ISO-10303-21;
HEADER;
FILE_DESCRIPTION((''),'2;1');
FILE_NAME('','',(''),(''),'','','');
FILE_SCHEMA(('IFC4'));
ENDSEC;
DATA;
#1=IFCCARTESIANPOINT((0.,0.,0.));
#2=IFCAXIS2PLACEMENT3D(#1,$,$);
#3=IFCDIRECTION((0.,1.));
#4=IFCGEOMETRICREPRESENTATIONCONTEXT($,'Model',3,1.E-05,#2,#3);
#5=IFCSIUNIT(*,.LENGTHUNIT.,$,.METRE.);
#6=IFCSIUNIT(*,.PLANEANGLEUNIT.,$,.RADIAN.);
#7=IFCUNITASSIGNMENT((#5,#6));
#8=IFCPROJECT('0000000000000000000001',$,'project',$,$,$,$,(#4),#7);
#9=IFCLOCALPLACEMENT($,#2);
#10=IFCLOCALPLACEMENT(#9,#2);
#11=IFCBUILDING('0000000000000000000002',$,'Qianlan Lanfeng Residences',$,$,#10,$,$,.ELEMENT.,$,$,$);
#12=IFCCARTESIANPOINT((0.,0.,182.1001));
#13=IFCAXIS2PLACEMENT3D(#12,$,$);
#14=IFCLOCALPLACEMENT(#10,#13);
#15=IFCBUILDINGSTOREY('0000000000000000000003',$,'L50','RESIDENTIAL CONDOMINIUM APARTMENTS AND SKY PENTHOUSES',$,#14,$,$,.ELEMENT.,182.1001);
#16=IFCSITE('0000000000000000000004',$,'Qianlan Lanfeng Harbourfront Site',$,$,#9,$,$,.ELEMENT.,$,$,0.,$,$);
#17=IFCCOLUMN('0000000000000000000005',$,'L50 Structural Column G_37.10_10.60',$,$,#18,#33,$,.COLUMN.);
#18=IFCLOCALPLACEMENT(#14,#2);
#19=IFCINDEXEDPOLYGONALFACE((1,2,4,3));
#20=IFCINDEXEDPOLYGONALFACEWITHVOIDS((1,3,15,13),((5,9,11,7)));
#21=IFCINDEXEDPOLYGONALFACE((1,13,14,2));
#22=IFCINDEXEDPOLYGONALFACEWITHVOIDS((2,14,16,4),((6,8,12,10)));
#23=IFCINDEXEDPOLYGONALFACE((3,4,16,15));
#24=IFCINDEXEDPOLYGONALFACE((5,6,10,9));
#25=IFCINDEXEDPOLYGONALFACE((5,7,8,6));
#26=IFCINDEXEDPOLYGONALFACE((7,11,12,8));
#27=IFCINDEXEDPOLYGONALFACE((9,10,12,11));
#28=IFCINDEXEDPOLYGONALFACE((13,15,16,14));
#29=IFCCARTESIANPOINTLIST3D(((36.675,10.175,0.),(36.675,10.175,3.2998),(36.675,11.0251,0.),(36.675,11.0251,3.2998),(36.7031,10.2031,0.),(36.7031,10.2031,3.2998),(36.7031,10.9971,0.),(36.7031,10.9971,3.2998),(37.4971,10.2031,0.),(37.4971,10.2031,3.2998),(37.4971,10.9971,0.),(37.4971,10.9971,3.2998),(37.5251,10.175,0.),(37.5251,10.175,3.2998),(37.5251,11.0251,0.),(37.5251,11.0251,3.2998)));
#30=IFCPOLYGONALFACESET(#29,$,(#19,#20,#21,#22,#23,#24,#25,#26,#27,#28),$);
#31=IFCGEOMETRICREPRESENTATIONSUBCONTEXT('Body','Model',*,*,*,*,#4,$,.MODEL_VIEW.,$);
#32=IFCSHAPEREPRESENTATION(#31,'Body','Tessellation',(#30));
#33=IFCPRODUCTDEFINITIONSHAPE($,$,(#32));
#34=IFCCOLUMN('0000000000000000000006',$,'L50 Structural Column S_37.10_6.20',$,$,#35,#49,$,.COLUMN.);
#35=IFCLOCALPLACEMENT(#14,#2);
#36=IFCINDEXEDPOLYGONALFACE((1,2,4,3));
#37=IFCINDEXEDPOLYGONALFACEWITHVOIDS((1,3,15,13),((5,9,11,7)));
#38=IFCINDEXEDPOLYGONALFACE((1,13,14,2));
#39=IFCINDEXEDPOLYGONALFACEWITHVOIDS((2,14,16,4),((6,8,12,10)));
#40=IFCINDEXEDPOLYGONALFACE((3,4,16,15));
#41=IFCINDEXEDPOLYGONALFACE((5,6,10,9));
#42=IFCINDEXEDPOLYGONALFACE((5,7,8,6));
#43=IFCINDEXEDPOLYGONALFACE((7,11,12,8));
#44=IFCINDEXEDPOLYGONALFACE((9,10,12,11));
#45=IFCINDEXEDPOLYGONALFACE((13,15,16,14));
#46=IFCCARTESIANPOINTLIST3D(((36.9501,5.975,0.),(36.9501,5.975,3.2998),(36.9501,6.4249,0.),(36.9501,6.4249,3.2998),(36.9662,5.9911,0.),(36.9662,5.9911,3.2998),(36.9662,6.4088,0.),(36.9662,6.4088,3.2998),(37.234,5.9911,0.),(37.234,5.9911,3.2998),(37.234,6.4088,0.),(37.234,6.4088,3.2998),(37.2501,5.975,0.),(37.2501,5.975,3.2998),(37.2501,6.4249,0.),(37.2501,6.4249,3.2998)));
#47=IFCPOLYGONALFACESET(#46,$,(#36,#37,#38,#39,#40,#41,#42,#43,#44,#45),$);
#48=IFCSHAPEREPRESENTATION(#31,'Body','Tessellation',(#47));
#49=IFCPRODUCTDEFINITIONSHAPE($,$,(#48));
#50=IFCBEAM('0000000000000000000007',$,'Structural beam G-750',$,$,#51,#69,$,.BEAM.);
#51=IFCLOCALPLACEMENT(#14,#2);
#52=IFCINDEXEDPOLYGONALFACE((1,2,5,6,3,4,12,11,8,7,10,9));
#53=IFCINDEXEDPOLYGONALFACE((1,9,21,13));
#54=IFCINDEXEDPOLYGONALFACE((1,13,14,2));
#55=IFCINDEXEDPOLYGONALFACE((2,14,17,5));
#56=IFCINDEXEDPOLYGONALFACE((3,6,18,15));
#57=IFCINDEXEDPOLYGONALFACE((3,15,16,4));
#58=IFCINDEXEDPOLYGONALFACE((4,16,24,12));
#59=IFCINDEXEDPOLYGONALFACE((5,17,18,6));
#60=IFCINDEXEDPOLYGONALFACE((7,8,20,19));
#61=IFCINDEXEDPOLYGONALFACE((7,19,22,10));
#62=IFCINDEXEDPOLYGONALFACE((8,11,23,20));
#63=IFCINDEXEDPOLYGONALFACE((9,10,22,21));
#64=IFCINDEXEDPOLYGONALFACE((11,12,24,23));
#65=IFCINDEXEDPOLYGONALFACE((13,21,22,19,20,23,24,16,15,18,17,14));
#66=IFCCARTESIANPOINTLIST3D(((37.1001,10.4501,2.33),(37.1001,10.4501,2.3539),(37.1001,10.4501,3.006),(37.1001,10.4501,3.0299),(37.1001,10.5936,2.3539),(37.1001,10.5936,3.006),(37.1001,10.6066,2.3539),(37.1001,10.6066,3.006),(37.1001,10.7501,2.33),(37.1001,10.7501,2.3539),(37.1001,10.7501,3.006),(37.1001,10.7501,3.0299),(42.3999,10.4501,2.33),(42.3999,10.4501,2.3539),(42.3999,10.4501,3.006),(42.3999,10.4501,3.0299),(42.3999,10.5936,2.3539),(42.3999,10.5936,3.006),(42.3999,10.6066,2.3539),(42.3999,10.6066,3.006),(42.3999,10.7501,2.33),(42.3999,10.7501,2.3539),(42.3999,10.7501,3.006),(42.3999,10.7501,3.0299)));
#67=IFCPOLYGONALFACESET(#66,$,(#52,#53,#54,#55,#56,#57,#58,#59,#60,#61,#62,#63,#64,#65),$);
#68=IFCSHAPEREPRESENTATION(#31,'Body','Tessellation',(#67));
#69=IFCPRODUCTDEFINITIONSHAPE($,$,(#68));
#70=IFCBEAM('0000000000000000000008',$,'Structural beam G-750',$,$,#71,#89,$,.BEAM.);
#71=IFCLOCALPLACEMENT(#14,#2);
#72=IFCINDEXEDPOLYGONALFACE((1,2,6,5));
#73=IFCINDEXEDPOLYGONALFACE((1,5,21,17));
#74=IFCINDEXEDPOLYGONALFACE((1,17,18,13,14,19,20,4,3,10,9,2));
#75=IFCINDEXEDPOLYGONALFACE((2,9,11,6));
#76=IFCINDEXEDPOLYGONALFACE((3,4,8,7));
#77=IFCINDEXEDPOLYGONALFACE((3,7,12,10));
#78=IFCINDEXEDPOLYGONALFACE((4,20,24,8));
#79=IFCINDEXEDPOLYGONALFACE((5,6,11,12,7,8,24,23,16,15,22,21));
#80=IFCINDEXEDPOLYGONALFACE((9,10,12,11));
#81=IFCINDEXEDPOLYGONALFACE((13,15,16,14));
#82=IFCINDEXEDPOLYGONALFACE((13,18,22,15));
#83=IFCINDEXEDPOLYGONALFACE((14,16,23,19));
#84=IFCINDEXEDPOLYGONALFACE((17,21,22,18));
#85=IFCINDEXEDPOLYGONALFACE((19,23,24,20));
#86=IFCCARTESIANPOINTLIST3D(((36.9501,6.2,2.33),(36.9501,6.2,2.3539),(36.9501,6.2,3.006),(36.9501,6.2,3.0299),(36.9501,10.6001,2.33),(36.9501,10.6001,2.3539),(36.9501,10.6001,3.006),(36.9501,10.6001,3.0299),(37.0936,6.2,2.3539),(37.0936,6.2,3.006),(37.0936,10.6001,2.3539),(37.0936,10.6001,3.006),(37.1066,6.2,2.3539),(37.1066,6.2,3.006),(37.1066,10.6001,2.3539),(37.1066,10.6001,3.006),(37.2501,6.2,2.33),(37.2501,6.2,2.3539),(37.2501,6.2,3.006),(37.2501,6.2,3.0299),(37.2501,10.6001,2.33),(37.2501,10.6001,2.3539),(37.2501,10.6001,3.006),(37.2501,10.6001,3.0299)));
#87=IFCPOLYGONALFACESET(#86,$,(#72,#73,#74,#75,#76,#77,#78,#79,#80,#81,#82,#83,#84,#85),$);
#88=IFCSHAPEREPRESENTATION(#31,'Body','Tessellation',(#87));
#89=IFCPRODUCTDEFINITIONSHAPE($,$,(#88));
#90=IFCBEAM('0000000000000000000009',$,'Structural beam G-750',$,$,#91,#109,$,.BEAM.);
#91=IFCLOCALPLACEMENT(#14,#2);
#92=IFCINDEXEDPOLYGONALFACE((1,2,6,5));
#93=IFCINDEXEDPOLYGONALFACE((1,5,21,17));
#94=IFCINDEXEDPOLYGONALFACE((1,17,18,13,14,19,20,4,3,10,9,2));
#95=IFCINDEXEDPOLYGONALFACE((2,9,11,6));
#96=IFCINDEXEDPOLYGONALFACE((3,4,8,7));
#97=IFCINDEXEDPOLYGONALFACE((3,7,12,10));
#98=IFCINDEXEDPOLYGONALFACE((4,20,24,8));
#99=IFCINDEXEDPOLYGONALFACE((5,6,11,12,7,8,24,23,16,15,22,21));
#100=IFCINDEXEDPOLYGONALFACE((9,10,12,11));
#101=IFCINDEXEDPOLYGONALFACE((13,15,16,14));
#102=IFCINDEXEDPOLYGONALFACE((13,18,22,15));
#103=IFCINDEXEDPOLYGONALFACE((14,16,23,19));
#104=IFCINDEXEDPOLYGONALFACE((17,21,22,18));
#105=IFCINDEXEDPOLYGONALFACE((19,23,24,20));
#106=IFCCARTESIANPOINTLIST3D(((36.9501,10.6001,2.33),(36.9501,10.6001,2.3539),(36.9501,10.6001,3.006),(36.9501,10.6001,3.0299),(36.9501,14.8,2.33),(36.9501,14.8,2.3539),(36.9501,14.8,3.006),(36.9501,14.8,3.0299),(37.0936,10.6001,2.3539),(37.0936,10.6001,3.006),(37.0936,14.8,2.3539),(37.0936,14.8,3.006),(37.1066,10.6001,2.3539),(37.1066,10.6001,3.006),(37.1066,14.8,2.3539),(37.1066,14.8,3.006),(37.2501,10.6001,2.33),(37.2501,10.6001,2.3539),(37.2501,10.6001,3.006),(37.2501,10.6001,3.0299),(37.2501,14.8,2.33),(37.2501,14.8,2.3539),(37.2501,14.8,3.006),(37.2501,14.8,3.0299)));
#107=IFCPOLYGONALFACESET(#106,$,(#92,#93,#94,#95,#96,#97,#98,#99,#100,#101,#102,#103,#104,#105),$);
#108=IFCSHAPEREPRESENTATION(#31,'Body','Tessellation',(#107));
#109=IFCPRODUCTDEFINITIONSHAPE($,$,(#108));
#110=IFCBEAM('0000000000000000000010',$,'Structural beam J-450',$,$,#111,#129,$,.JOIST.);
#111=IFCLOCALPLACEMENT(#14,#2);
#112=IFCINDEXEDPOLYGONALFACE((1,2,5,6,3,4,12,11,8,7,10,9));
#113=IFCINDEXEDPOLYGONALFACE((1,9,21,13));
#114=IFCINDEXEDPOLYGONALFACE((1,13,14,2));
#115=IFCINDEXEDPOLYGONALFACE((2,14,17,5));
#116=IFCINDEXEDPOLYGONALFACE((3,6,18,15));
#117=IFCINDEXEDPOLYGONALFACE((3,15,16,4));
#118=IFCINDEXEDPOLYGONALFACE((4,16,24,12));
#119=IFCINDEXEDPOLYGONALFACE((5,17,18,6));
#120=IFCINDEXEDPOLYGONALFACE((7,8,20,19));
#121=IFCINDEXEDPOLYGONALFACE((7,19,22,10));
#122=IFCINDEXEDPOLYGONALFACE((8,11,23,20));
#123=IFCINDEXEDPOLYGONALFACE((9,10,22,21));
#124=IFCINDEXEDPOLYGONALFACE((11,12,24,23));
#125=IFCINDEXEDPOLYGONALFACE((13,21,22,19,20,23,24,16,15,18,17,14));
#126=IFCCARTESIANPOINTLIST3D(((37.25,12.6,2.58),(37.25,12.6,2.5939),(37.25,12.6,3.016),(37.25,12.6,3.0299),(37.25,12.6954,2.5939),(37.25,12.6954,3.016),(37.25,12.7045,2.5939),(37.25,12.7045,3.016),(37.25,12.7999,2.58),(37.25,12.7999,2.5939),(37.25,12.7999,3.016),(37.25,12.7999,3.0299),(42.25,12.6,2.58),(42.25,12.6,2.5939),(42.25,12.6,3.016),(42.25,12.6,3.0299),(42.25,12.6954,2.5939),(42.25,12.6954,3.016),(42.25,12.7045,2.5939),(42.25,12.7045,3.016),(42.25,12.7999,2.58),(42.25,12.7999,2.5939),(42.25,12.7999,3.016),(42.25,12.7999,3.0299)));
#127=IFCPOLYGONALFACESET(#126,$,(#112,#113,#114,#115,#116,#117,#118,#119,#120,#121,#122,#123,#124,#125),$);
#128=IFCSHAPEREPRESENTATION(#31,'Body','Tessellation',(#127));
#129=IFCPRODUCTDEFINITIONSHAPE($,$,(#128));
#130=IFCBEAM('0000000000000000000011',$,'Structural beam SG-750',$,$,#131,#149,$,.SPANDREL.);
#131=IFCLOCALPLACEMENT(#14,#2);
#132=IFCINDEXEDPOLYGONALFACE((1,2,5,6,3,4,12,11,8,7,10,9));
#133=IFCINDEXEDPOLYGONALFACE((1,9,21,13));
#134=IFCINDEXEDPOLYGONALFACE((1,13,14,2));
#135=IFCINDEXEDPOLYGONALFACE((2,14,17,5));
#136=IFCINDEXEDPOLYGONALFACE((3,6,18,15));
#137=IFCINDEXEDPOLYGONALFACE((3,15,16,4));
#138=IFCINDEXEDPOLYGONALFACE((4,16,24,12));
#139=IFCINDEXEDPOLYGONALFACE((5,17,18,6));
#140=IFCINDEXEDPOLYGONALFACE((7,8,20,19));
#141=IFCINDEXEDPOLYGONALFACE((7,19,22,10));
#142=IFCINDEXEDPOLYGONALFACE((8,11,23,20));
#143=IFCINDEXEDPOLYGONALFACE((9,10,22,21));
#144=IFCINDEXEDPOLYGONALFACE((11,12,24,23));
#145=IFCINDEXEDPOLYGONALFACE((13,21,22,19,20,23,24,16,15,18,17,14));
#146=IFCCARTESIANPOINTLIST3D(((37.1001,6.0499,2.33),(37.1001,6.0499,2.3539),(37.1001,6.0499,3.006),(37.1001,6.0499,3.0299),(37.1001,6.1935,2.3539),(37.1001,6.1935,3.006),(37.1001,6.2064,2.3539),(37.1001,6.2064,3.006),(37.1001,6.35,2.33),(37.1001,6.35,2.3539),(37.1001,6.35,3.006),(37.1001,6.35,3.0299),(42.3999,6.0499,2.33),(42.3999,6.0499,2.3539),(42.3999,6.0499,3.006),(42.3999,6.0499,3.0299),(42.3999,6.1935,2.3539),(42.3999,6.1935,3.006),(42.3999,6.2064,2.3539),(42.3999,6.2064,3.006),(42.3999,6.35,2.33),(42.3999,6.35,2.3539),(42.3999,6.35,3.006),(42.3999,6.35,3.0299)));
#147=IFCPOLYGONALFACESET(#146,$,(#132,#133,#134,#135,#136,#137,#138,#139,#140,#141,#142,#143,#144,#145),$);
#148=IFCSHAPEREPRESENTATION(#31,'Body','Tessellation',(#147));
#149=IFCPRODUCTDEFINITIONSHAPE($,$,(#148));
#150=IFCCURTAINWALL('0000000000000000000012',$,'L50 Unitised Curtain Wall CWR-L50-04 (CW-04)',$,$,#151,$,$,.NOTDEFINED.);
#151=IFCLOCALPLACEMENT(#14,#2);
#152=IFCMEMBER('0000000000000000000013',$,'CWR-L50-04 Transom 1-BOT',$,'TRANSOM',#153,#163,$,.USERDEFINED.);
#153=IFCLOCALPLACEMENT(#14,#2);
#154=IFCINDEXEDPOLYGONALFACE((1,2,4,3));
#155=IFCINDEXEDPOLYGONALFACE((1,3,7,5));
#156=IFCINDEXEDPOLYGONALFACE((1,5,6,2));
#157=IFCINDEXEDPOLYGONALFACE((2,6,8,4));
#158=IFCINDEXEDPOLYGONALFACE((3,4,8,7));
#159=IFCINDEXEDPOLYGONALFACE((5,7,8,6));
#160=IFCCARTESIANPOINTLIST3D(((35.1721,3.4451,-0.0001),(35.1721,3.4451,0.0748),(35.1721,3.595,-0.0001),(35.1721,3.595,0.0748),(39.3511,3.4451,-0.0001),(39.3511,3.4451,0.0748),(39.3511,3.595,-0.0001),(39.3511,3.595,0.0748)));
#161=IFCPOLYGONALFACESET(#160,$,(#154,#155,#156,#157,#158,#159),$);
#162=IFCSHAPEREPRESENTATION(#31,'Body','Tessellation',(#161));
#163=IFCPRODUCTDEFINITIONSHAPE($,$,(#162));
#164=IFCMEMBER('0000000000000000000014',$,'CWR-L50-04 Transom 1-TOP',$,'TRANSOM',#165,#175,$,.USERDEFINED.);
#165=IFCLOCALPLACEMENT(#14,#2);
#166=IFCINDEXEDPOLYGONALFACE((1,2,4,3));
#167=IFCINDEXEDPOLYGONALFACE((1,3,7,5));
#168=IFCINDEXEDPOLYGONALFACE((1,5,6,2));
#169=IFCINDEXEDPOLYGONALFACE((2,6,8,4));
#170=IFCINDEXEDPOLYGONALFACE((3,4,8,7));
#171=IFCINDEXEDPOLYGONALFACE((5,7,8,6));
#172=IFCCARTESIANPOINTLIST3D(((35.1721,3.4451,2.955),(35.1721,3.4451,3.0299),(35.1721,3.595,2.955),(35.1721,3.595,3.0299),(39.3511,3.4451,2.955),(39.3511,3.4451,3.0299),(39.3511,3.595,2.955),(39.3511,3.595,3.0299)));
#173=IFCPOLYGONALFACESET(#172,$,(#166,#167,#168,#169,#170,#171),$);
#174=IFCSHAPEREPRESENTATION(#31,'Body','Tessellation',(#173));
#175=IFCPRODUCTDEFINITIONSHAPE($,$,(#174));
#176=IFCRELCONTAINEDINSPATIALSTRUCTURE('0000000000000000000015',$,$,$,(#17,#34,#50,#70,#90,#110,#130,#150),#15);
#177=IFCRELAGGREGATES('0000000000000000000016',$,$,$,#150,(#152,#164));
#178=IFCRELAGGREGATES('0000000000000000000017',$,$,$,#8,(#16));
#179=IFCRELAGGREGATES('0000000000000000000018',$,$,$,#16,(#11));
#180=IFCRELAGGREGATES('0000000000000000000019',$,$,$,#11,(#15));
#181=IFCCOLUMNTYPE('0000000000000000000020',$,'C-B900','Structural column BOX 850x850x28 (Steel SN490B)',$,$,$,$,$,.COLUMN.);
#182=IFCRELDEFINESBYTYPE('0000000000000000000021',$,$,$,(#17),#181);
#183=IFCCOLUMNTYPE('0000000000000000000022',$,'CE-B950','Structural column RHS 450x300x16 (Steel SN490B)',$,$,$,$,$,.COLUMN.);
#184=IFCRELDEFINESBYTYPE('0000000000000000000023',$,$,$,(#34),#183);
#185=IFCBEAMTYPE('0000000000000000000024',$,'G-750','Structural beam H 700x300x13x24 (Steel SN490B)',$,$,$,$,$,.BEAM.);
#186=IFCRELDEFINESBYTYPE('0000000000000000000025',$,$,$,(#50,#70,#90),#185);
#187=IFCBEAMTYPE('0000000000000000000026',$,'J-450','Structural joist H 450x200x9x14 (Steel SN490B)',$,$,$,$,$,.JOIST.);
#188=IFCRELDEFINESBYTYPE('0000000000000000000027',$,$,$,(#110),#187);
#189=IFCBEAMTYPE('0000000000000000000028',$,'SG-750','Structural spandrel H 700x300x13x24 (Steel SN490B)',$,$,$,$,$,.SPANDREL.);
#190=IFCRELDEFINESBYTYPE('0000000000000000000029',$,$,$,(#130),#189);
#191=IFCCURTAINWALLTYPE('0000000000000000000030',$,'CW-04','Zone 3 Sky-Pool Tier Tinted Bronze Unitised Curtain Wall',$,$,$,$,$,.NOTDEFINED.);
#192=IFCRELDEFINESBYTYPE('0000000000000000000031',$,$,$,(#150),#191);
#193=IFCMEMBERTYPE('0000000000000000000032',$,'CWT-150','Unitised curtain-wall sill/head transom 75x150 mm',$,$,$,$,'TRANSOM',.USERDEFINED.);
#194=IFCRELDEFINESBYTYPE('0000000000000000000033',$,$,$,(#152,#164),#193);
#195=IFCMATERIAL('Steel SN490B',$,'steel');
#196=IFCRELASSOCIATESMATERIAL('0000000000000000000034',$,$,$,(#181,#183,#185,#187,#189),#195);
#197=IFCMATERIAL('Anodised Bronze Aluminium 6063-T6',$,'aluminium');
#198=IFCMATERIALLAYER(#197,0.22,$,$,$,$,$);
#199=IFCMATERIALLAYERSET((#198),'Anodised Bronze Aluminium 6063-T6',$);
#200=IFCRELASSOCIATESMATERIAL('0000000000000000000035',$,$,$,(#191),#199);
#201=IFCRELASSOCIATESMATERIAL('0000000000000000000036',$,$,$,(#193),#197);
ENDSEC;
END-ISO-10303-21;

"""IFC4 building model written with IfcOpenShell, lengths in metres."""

from ifc_helpers import new_model, si_unit, direction, frame, origin, origin_2d, place, context, subcontext, project, spatial, rectangle, hollow_rectangle, i_section, extrude, source, transform, mapped, material, layer, layer_set, material_profile, profile_set, type_object, element, aggregate, save


model = new_model("IFC4")

# Units and contexts
model_context = context("Model", 3, precision=1e-05, world=origin(), true_north=direction((0.0, 1.0)))
body_context = subcontext(model_context, "Body", "Model", "MODEL_VIEW")
ifc_project = project(units=[si_unit("LENGTHUNIT", "METRE"), si_unit("PLANEANGLEUNIT", "RADIAN")], contexts=[model_context])

# Site, building, storey
site_placement = place(None, origin())
site = spatial("IfcSite", under=ifc_project, at=site_placement, Name="Qianlan Lanfeng Harbourfront Site", CompositionType="ELEMENT", RefElevation=0.0)
building_placement = place(site_placement, origin())
building = spatial("IfcBuilding", under=site, at=building_placement, Name="Qianlan Lanfeng Residences", CompositionType="ELEMENT")
storey_placement = place(building_placement, frame((0.0, 0.0, 182.1001)))
storey = spatial("IfcBuildingStorey", under=building, at=storey_placement, Name="L50", Description="RESIDENTIAL CONDOMINIUM APARTMENTS AND SKY PENTHOUSES", CompositionType="ELEMENT", Elevation=182.1001)

# Columns
ifc_material_1 = material(Name="Steel SN490B", Category="steel")
ifc_material_profile_1 = material_profile(ifc_material_1, hollow_rectangle(XDim=0.8501, YDim=0.8501, WallThickness=0.0281, at=origin_2d()), Name="BOX 850x850x28")
ifc_profile_set_1 = profile_set([ifc_material_profile_1], Name="Steel SN490B")
column_type_1 = type_object("IfcColumnType", Name="C-B900", Description="Structural column BOX 850x850x28 (Steel SN490B)", PredefinedType="COLUMN", material=ifc_profile_set_1)
column_1_placement = place(storey_placement, frame((37.1001, 10.6001, 0.0), z_axis=(0.0, 0.0, 1.0), x_axis=(1.0, 0.0, 0.0)))
element("IfcColumn", 1, at=column_1_placement, inside=storey, type_object=column_type_1, Name="L50 Structural Column G_37.10_10.60", PredefinedType="COLUMN", context=body_context, shape_type="SweptSolid", body=[
    extrude(hollow_rectangle(XDim=0.8501, YDim=0.8501, WallThickness=0.0281, at=origin_2d()), origin(), (0.0, 0.0, 1.0), 3.2998),
])
ifc_material_profile_2 = material_profile(ifc_material_1, hollow_rectangle(XDim=0.3, YDim=0.45, WallThickness=0.0161, at=origin_2d()), Name="RHS 450x300x16")
ifc_profile_set_2 = profile_set([ifc_material_profile_2], Name="Steel SN490B")
column_type_2 = type_object("IfcColumnType", Name="CE-B950", Description="Structural column RHS 450x300x16 (Steel SN490B)", PredefinedType="COLUMN", material=ifc_profile_set_2)
column_2_placement = place(storey_placement, frame((37.1001, 6.2, 0.0), z_axis=(0.0, 0.0, 1.0), x_axis=(1.0, 0.0, 0.0)))
element("IfcColumn", 2, at=column_2_placement, inside=storey, type_object=column_type_2, Name="L50 Structural Column S_37.10_6.20", PredefinedType="COLUMN", context=body_context, shape_type="SweptSolid", body=[
    extrude(hollow_rectangle(XDim=0.3, YDim=0.45, WallThickness=0.0161, at=origin_2d()), origin(), (0.0, 0.0, 1.0), 3.2998),
])

# Beams
ifc_material_profile_3 = material_profile(ifc_material_1, i_section(OverallWidth=0.3, OverallDepth=0.7, WebThickness=0.0129, FlangeThickness=0.0239, at=origin_2d()), Name="H 700x300x13x24")
ifc_profile_set_3 = profile_set([ifc_material_profile_3], Name="Steel SN490B")
beam_type_1 = type_object("IfcBeamType", Name="G-750", Description="Structural beam H 700x300x13x24 (Steel SN490B)", PredefinedType="BEAM", material=ifc_profile_set_3)
beam_1_placement = place(storey_placement, frame((37.1001, 10.6001, 2.6799), z_axis=(1.0, 0.0, 0.0), x_axis=(0.0, 1.0, 0.0)))
element("IfcBeam", 3, at=beam_1_placement, inside=storey, type_object=beam_type_1, Name="Structural beam G-750", PredefinedType="BEAM", context=body_context, shape_type="SweptSolid", body=[
    extrude(i_section(OverallWidth=0.3, OverallDepth=0.7, WebThickness=0.0129, FlangeThickness=0.0239, at=origin_2d()), origin(), (0.0, 0.0, 1.0), 5.2998),
])
beam_2_placement = place(storey_placement, frame((37.1001, 6.2, 2.6799), z_axis=(0.0, 1.0, 0.0), x_axis=(-1.0, 0.0, 0.0)))
element("IfcBeam", 4, at=beam_2_placement, inside=storey, type_object=beam_type_1, Name="Structural beam G-750", PredefinedType="BEAM", context=body_context, shape_type="SweptSolid", body=[
    extrude(i_section(OverallWidth=0.3, OverallDepth=0.7, WebThickness=0.0129, FlangeThickness=0.0239, at=origin_2d()), origin(), (0.0, 0.0, 1.0), 4.4001),
])
beam_3_placement = place(storey_placement, frame((37.1001, 10.6001, 2.6799), z_axis=(0.0, 1.0, 0.0), x_axis=(-1.0, 0.0, 0.0)))
element("IfcBeam", 5, at=beam_3_placement, inside=storey, type_object=beam_type_1, Name="Structural beam G-750", PredefinedType="BEAM", context=body_context, shape_type="SweptSolid", body=[
    extrude(i_section(OverallWidth=0.3, OverallDepth=0.7, WebThickness=0.0129, FlangeThickness=0.0239, at=origin_2d()), origin(), (0.0, 0.0, 1.0), 4.2),
])
ifc_material_profile_4 = material_profile(ifc_material_1, i_section(OverallWidth=0.2, OverallDepth=0.45, WebThickness=0.009, FlangeThickness=0.0139, at=origin_2d()), Name="H 450x200x9x14")
ifc_profile_set_4 = profile_set([ifc_material_profile_4], Name="Steel SN490B")
beam_type_2 = type_object("IfcBeamType", Name="J-450", Description="Structural joist H 450x200x9x14 (Steel SN490B)", PredefinedType="JOIST", material=ifc_profile_set_4)
beam_4_placement = place(storey_placement, frame((37.25, 12.7, 2.8049), z_axis=(1.0, 0.0, 0.0), x_axis=(0.0, 1.0, 0.0)))
element("IfcBeam", 6, at=beam_4_placement, inside=storey, type_object=beam_type_2, Name="Structural beam J-450", PredefinedType="JOIST", context=body_context, shape_type="SweptSolid", body=[
    extrude(i_section(OverallWidth=0.2, OverallDepth=0.45, WebThickness=0.009, FlangeThickness=0.0139, at=origin_2d()), origin(), (0.0, 0.0, 1.0), 5.0),
])
ifc_material_profile_5 = material_profile(ifc_material_1, i_section(OverallWidth=0.3, OverallDepth=0.7, WebThickness=0.0129, FlangeThickness=0.0239, at=origin_2d()), Name="H 700x300x13x24")
ifc_profile_set_5 = profile_set([ifc_material_profile_5], Name="Steel SN490B")
beam_type_3 = type_object("IfcBeamType", Name="SG-750", Description="Structural spandrel H 700x300x13x24 (Steel SN490B)", PredefinedType="SPANDREL", material=ifc_profile_set_5)
beam_5_placement = place(storey_placement, frame((37.1001, 6.2, 2.6799), z_axis=(1.0, 0.0, 0.0), x_axis=(0.0, 1.0, 0.0)))
element("IfcBeam", 7, at=beam_5_placement, inside=storey, type_object=beam_type_3, Name="Structural beam SG-750", PredefinedType="SPANDREL", context=body_context, shape_type="SweptSolid", body=[
    extrude(i_section(OverallWidth=0.3, OverallDepth=0.7, WebThickness=0.0129, FlangeThickness=0.0239, at=origin_2d()), origin(), (0.0, 0.0, 1.0), 5.2998),
])

# Curtain wall, members
ifc_material_2 = material(Name="Anodised Bronze Aluminium 6063-T6", Category="aluminium")
ifc_layer_1 = layer(ifc_material_2, 0.22)
ifc_layer_set_1 = layer_set([ifc_layer_1], Name="Anodised Bronze Aluminium 6063-T6")
curtain_wall_type = type_object("IfcCurtainWallType", Name="CW-04", Description="Zone 3 Sky-Pool Tier Tinted Bronze Unitised Curtain Wall", PredefinedType="NOTDEFINED", material=ifc_layer_set_1)
curtain_wall_1_placement = place(storey_placement, origin())
curtain_wall_1 = element("IfcCurtainWall", 8, at=curtain_wall_1_placement, inside=storey, type_object=curtain_wall_type, Name="L50 Unitised Curtain Wall CWR-L50-04 (CW-04)", PredefinedType="NOTDEFINED")
ifc_material_profile_6 = material_profile(ifc_material_2, rectangle(XDim=0.075, YDim=0.1499, at=origin_2d()), Name="ALU TRANSOM 75x150")
ifc_profile_set_6 = profile_set([ifc_material_profile_6], Name="Anodised Bronze Aluminium 6063-T6")
member_type_1 = type_object("IfcMemberType", Name="CWT-150", Description="Unitised curtain-wall sill/head transom 75x150 mm", ElementType="TRANSOM", PredefinedType="USERDEFINED", material=ifc_profile_set_6)
shared_shape_1 = source(origin(), body_context, "Body", "SweptSolid", [
    extrude(rectangle(XDim=0.075, YDim=0.1499, at=origin_2d()), origin(), (0.0, 0.0, 1.0), 4.179),
])
member_1_placement = place(storey_placement, frame((35.1721, 3.52, 0.0374), z_axis=(1.0, 0.0, 0.0), x_axis=(0.0, 0.0, 1.0)))
member_1 = element("IfcMember", 9, at=member_1_placement, type_object=member_type_1, Name="CWR-L50-04 Transom 1-BOT", ObjectType="TRANSOM", PredefinedType="USERDEFINED", context=body_context, shape_type="MappedRepresentation", body=[
    mapped(shared_shape_1, transform((0.0, 0.0, 0.0), scale=1.0)),
])
member_2_placement = place(storey_placement, frame((35.1721, 3.52, 2.9924), z_axis=(1.0, 0.0, 0.0), x_axis=(0.0, 0.0, 1.0)))
member_2 = element("IfcMember", 10, at=member_2_placement, type_object=member_type_1, Name="CWR-L50-04 Transom 1-TOP", ObjectType="TRANSOM", PredefinedType="USERDEFINED", context=body_context, shape_type="MappedRepresentation", body=[
    mapped(shared_shape_1, transform((0.0, 0.0, 0.0), scale=1.0)),
])

aggregate(curtain_wall_1, [member_1, member_2])

save(model, "model.ifc")
